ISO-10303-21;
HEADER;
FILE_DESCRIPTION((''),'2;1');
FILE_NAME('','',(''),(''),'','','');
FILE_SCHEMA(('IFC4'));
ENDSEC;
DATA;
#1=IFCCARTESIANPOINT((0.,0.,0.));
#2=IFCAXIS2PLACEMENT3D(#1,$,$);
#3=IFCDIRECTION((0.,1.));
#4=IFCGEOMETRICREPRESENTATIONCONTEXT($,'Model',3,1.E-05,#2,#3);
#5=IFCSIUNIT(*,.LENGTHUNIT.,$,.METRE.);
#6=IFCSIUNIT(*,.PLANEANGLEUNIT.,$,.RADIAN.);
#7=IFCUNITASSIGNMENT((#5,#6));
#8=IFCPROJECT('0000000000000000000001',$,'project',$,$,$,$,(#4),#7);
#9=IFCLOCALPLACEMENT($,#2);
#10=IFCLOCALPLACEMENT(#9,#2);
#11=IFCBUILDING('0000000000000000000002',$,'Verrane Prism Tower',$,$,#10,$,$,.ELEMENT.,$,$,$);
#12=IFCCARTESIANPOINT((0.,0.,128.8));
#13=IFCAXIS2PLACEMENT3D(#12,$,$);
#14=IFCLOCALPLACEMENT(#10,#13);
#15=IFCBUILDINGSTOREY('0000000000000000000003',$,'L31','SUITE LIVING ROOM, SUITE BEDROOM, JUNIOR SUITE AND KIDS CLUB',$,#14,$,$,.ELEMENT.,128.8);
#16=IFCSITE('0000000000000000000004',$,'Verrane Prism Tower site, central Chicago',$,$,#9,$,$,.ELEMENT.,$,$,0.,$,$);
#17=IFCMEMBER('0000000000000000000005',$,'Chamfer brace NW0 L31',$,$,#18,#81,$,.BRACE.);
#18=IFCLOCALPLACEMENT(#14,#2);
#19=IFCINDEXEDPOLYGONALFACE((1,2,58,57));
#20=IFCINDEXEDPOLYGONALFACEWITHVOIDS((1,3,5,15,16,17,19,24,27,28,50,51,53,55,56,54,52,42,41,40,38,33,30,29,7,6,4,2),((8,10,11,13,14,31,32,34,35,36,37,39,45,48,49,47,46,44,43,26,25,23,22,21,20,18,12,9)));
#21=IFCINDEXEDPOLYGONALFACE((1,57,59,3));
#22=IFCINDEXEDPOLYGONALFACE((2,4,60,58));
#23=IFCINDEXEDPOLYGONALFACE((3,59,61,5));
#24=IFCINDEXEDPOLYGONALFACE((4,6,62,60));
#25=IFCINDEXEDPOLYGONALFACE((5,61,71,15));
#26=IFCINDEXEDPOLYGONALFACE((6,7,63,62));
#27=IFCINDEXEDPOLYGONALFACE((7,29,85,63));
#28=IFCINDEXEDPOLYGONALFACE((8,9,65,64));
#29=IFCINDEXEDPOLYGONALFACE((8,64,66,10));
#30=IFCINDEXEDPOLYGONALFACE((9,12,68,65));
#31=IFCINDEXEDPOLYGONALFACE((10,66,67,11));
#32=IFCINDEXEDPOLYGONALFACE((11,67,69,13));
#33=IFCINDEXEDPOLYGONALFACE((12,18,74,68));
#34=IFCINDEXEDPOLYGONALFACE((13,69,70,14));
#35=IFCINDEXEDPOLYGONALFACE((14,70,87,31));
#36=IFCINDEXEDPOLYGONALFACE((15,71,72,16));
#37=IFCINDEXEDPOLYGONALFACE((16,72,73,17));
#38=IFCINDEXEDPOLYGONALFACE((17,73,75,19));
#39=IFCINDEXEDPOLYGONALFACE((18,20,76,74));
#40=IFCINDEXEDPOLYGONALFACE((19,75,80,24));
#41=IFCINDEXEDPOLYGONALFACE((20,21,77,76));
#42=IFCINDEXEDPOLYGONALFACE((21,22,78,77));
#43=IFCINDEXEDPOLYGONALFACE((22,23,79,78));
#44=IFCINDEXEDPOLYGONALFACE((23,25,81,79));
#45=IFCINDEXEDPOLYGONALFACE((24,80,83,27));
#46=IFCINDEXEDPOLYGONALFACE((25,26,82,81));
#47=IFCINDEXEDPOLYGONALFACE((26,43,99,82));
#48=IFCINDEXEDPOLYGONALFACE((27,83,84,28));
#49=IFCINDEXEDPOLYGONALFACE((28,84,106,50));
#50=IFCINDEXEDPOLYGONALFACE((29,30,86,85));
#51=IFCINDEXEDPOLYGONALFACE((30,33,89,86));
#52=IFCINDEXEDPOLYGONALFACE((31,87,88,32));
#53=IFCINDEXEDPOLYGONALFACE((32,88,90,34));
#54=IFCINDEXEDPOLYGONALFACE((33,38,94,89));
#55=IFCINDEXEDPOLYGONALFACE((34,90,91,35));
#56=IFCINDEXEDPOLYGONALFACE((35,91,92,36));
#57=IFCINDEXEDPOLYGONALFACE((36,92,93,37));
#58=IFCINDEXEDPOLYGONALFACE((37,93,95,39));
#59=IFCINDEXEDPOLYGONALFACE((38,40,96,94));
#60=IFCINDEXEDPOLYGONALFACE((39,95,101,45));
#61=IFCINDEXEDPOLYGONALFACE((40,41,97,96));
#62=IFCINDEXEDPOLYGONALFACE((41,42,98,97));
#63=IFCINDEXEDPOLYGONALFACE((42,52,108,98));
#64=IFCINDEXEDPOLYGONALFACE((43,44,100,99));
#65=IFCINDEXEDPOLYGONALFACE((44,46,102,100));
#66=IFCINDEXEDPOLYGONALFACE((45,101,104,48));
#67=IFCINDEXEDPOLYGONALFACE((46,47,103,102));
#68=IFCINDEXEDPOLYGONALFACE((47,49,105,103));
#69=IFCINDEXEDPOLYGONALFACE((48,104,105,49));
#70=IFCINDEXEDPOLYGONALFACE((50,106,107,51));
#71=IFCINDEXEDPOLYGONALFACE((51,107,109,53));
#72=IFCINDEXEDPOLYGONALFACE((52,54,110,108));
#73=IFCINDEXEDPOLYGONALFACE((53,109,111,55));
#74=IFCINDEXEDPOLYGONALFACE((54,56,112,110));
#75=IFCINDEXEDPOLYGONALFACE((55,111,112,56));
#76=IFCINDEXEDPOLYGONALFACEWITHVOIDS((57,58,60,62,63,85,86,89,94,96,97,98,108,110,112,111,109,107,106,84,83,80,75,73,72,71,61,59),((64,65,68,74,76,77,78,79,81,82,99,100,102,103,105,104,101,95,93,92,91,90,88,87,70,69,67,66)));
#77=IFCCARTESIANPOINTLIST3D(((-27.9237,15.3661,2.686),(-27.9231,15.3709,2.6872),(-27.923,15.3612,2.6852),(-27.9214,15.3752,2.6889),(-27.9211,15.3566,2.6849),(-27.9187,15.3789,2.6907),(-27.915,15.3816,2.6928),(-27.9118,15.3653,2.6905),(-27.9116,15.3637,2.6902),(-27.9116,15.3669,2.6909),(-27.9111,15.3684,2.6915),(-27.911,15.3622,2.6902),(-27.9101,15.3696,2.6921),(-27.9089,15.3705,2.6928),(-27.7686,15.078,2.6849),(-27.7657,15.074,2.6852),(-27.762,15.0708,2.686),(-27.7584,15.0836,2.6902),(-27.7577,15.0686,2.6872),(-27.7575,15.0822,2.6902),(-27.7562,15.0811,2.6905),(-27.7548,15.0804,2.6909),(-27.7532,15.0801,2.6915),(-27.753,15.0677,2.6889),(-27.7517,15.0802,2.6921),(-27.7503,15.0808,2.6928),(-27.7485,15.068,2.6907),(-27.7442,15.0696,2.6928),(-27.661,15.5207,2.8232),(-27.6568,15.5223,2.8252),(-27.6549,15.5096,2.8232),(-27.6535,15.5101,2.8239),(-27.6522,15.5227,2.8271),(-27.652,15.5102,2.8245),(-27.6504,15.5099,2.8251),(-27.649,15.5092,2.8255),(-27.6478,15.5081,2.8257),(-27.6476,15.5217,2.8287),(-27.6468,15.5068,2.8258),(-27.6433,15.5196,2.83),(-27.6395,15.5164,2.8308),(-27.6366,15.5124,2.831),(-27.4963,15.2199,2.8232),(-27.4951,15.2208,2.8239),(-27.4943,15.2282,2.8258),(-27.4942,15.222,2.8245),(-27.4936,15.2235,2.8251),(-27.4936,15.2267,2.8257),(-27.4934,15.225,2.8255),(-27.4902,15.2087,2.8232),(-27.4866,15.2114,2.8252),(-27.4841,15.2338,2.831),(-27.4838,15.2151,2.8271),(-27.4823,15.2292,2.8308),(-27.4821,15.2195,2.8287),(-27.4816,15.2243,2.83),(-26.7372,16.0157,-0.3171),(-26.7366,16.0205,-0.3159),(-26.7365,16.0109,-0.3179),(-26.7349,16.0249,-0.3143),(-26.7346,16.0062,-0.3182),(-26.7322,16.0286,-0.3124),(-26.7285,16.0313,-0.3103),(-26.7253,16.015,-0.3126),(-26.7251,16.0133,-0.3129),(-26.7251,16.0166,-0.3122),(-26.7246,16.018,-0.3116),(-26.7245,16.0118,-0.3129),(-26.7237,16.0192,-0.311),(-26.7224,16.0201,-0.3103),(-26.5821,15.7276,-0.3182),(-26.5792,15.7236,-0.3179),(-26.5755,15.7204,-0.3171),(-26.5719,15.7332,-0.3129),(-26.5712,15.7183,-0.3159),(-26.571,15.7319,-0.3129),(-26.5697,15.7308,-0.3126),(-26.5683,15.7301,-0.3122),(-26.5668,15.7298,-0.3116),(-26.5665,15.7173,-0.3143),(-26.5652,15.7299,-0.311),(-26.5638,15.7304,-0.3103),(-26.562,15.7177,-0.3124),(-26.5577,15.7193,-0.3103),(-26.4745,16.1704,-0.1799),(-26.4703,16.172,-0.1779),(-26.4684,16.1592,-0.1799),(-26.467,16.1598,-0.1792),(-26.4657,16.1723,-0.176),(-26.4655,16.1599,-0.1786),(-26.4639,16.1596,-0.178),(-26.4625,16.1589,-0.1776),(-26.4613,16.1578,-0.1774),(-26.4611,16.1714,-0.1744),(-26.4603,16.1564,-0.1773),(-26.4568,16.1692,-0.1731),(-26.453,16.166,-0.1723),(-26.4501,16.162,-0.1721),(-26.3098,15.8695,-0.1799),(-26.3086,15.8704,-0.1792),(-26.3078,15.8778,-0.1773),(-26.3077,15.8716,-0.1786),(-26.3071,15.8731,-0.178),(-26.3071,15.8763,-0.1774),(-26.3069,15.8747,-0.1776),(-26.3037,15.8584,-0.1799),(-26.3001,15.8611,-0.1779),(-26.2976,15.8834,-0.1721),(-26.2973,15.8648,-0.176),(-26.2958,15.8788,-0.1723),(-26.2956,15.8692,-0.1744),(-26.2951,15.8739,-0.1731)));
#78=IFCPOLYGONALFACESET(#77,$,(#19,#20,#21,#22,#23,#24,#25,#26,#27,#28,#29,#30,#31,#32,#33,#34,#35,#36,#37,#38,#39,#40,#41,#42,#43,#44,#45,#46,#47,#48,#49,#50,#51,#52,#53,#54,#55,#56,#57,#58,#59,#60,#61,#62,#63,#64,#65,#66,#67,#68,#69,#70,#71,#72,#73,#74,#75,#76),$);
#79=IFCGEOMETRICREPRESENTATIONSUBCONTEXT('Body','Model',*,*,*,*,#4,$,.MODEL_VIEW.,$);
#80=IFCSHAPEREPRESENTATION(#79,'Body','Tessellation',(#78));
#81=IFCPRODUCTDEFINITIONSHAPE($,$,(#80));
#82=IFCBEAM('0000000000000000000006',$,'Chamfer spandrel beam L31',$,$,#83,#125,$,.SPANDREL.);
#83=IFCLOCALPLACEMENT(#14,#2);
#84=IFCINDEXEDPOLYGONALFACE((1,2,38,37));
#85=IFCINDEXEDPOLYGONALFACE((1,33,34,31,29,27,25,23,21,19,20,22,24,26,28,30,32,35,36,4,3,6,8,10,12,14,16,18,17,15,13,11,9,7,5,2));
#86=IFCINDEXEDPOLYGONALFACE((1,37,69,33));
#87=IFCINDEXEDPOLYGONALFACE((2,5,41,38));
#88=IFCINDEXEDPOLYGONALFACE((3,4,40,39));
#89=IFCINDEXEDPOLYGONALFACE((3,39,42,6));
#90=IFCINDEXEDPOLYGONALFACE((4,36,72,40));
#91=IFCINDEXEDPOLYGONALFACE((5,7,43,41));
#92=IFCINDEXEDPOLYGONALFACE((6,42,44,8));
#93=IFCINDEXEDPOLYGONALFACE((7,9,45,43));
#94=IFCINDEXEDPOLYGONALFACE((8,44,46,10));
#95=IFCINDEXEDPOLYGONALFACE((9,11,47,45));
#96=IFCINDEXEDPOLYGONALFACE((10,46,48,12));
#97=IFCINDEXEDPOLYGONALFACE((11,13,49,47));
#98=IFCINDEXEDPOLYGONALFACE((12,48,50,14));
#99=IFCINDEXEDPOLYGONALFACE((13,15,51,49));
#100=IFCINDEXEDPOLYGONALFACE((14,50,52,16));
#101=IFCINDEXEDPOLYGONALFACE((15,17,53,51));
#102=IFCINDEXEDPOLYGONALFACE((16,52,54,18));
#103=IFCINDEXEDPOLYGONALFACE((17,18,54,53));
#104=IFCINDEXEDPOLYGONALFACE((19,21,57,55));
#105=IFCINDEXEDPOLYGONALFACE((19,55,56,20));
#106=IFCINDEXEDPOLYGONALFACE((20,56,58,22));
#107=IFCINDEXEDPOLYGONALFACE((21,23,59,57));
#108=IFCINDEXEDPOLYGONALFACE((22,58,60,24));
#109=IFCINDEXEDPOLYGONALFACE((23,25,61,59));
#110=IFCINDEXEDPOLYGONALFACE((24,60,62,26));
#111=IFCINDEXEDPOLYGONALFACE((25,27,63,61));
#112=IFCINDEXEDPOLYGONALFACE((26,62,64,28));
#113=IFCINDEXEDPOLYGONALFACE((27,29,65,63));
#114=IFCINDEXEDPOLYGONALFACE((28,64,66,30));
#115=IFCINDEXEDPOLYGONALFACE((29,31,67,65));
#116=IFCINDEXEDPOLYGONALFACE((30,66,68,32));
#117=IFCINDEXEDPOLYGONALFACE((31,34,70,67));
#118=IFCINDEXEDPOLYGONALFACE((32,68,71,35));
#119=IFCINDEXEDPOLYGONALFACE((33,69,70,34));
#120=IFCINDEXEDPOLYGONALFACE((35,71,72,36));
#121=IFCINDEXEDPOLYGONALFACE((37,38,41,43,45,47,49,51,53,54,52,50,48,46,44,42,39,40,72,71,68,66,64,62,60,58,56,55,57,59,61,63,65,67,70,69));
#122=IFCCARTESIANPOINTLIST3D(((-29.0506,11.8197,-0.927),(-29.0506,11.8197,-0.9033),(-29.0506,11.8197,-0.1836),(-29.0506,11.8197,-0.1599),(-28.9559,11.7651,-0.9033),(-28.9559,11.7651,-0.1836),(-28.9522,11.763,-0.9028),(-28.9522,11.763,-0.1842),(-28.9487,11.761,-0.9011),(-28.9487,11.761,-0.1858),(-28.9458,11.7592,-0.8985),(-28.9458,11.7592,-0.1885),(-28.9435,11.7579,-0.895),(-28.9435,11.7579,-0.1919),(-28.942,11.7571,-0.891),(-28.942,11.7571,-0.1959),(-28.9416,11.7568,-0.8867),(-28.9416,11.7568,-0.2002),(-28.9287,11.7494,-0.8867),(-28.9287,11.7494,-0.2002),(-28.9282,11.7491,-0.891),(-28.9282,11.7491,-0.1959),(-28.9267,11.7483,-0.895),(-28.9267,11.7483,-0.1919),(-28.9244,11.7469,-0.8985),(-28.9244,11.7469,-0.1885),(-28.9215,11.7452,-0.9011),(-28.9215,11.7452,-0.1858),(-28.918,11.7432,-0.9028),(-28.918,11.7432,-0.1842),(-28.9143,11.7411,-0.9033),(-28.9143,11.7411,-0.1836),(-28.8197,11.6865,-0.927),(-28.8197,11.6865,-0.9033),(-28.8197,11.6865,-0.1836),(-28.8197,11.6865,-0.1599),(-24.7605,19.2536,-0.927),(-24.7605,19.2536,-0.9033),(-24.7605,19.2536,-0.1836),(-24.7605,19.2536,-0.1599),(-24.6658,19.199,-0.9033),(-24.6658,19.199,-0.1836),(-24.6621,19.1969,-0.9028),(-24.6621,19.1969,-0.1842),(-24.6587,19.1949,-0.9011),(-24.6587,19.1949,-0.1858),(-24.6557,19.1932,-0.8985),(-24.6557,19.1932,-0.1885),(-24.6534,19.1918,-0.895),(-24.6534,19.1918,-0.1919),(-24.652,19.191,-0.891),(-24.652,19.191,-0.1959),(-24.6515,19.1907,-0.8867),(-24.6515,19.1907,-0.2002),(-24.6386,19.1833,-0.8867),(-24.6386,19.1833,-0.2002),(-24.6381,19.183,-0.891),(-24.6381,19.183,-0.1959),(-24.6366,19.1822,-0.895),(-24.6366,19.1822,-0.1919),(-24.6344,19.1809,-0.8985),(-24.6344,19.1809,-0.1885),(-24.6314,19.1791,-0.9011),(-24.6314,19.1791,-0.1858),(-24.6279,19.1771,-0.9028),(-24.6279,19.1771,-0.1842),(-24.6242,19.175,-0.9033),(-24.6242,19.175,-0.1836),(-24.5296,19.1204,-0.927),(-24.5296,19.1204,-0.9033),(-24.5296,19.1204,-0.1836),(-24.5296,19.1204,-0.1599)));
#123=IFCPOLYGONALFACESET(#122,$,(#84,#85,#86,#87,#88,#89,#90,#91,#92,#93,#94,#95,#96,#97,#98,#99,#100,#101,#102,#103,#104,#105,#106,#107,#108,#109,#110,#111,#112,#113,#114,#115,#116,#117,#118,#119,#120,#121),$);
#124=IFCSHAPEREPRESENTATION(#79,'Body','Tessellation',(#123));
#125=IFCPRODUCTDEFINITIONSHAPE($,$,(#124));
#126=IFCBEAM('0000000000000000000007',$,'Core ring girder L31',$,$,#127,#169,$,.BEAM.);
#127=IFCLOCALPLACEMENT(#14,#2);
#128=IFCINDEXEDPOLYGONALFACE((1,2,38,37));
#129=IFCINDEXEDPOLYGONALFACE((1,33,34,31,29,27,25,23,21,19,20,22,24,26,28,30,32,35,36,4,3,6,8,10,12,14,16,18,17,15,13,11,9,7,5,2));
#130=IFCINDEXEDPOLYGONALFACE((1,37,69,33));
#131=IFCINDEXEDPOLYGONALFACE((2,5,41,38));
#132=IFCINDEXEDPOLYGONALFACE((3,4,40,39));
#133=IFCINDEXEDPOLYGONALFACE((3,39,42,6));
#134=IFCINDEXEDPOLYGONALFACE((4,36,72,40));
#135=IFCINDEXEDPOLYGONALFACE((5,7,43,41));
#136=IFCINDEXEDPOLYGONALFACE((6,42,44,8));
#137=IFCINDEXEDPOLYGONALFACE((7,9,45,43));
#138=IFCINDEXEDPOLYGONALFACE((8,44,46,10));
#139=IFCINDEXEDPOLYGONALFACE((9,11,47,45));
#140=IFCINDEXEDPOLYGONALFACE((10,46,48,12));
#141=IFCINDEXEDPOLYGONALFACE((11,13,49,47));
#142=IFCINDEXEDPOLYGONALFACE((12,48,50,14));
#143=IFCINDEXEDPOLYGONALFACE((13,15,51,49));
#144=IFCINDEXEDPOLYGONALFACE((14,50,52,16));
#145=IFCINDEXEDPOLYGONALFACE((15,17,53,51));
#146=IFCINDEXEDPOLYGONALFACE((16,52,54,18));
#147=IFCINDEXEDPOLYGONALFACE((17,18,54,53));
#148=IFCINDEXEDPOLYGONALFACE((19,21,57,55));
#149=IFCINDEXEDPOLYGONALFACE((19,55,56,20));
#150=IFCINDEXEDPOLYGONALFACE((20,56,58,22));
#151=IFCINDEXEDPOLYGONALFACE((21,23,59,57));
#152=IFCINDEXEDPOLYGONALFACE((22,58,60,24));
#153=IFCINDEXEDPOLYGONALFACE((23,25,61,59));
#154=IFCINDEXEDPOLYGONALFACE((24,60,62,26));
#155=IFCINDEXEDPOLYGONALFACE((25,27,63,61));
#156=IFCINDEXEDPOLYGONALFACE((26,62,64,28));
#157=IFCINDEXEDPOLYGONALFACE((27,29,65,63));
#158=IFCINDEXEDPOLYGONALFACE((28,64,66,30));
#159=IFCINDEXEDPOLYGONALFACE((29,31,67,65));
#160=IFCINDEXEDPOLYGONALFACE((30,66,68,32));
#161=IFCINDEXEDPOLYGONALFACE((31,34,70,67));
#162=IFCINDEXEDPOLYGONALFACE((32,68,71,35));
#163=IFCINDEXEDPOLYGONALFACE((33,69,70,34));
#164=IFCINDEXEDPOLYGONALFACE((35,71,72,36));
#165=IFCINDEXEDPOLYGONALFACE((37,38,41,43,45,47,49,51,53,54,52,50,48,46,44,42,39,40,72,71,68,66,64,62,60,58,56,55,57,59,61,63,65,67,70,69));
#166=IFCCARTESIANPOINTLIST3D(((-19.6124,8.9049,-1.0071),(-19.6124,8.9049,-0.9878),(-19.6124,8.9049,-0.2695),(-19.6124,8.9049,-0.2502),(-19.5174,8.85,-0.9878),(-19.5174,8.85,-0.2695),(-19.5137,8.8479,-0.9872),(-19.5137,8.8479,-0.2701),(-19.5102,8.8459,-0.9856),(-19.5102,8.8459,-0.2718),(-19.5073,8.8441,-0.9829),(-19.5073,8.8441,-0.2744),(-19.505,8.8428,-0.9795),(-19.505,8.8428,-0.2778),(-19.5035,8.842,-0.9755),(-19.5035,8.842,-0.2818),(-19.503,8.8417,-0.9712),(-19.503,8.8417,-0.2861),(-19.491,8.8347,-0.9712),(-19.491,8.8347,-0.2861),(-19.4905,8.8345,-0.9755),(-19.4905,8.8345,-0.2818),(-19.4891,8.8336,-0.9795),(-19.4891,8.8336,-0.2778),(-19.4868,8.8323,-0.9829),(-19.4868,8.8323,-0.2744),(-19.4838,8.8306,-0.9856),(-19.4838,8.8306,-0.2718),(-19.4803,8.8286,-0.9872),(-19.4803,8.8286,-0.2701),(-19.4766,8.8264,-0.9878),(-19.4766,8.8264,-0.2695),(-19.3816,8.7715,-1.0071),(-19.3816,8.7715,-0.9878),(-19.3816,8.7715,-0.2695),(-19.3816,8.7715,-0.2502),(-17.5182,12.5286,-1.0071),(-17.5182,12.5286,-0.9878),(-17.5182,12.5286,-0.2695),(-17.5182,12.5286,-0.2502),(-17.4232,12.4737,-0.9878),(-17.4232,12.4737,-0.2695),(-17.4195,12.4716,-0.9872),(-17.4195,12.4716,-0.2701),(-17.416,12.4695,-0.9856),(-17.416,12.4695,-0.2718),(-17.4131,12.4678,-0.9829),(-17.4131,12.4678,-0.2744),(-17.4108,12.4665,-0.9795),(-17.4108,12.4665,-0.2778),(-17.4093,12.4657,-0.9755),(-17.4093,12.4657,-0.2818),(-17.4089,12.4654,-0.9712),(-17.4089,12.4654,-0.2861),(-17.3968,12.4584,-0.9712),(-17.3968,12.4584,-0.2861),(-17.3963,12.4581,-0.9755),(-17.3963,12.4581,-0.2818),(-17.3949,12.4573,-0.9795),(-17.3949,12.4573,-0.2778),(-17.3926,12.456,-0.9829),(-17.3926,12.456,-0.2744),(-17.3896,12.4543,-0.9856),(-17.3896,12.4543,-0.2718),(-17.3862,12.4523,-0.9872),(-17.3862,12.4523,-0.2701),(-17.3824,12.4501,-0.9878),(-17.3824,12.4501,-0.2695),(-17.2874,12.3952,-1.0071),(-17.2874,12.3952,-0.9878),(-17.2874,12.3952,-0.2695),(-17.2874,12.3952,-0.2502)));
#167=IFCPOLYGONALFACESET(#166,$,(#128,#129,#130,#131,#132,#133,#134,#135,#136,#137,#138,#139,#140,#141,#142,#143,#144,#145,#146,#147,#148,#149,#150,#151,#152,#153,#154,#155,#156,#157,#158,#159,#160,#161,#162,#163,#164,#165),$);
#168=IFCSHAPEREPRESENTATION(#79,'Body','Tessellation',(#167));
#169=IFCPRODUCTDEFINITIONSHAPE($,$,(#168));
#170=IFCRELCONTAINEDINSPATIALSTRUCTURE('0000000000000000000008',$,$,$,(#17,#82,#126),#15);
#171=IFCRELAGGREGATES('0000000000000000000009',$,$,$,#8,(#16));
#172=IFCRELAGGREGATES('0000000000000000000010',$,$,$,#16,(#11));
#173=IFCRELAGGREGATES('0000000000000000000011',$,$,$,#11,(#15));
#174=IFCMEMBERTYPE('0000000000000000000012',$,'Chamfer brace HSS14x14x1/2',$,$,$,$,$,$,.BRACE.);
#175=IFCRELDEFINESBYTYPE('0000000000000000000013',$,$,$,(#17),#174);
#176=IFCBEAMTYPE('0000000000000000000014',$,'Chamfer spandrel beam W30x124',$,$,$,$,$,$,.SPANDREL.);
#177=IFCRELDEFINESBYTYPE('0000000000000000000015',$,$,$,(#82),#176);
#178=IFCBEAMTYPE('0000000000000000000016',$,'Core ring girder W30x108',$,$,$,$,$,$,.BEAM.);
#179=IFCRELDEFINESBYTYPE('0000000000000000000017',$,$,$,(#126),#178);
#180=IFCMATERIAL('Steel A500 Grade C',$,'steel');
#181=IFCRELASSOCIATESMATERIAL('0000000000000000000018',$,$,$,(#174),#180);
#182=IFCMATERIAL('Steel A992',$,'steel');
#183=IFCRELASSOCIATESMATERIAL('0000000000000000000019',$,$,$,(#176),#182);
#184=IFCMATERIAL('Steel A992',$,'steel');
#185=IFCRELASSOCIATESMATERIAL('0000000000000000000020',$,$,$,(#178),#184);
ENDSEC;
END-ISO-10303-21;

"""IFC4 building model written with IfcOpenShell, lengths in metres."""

from ifc_helpers import new_model, si_unit, direction, frame, origin, origin_2d, place, context, subcontext, project, spatial, hollow_rectangle, i_section, extrude, material, material_profile, profile_set, type_object, element, save


model = new_model("IFC4")

# Units and contexts
model_context = context("Model", 3, precision=1e-05, world=origin(), true_north=direction((0.0, 1.0)))
body_context = subcontext(model_context, "Body", "Model", "MODEL_VIEW")
ifc_project = project(units=[si_unit("LENGTHUNIT", "METRE"), si_unit("PLANEANGLEUNIT", "RADIAN")], contexts=[model_context])

# Site, building, storey
site_placement = place(None, origin())
site = spatial("IfcSite", under=ifc_project, at=site_placement, Name="Verrane Prism Tower site, central Chicago", CompositionType="ELEMENT", RefElevation=0.0)
building_placement = place(site_placement, origin())
building = spatial("IfcBuilding", under=site, at=building_placement, Name="Verrane Prism Tower", CompositionType="ELEMENT")
storey_placement = place(building_placement, frame((0.0, 0.0, 128.8)))
storey = spatial("IfcBuildingStorey", under=building, at=storey_placement, Name="L31", Description="SUITE LIVING ROOM, SUITE BEDROOM, JUNIOR SUITE AND KIDS CLUB", CompositionType="ELEMENT", Elevation=128.8)

# Member
ifc_material_1 = material(Name="Steel A500 Grade C", Category="steel")
ifc_material_profile_1 = material_profile(ifc_material_1, hollow_rectangle(XDim=0.3557, YDim=0.3557, WallThickness=0.0127, InnerFilletRadius=0.0063, OuterFilletRadius=0.019, at=origin_2d()), Name="HSS14x14x1/2")
ifc_profile_set_1 = profile_set([ifc_material_profile_1], Name="Steel A500 Grade C")
member_type_1 = type_object("IfcMemberType", Name="Chamfer brace HSS14x14x1/2", PredefinedType="BRACE", material=ifc_profile_set_1)
member_1_placement = place(storey_placement, frame((-26.5161, 15.9448, -0.2451), z_axis=(-0.360232, -0.197238, 0.911773), x_axis=(0.480255, -0.877129, 0.0)))
element("IfcMember", 1, at=member_1_placement, inside=storey, type_object=member_type_1, Name="Chamfer brace NW0 L31", PredefinedType="BRACE", context=body_context, shape_type="SweptSolid", body=[
    extrude(hollow_rectangle(XDim=0.3557, YDim=0.3557, WallThickness=0.0127, InnerFilletRadius=0.0063, OuterFilletRadius=0.019, at=origin_2d()), origin(), (0.0, 0.0, 1.0), 3.2937),
])

# Beams
ifc_material_2 = material(Name="Steel A992", Category="steel")
ifc_material_profile_2 = material_profile(ifc_material_2, i_section(OverallWidth=0.2666, OverallDepth=0.7671, WebThickness=0.0149, FlangeThickness=0.0237, FilletRadius=0.0166, at=origin_2d()), Name="W30x124")
ifc_profile_set_2 = profile_set([ifc_material_profile_2], Name="Steel A992")
beam_type_1 = type_object("IfcBeamType", Name="Chamfer spandrel beam W30x124", PredefinedType="SPANDREL", material=ifc_profile_set_2)
beam_1_placement = place(storey_placement, frame((-24.645, 19.187, -0.5435), z_axis=(-0.499835, -0.866121, 0.0), x_axis=(0.866121, -0.499835, 0.0)))
element("IfcBeam", 2, at=beam_1_placement, inside=storey, type_object=beam_type_1, Name="Chamfer spandrel beam L31", PredefinedType="SPANDREL", context=body_context, shape_type="SweptSolid", body=[
    extrude(i_section(OverallWidth=0.2666, OverallDepth=0.7671, WebThickness=0.0149, FlangeThickness=0.0237, FilletRadius=0.0166, at=origin_2d()), origin(), (0.0, 0.0, 1.0), 8.583),
])
ifc_material_3 = material(Name="Steel A992", Category="steel")
ifc_material_profile_3 = material_profile(ifc_material_3, i_section(OverallWidth=0.2666, OverallDepth=0.7568, WebThickness=0.0139, FlangeThickness=0.0193, FilletRadius=0.0166, at=origin_2d()), Name="W30x108")
ifc_profile_set_3 = profile_set([ifc_material_profile_3], Name="Steel A992")
beam_type_2 = type_object("IfcBeamType", Name="Core ring girder W30x108", PredefinedType="BEAM", material=ifc_profile_set_3)
beam_2_placement = place(storey_placement, frame((-17.4028, 12.4619, -0.6287), z_axis=(-0.500367, -0.865813, 0.0), x_axis=(0.865813, -0.500367, 0.0)))
element("IfcBeam", 3, at=beam_2_placement, inside=storey, type_object=beam_type_2, Name="Core ring girder L31", PredefinedType="BEAM", context=body_context, shape_type="SweptSolid", body=[
    extrude(i_section(OverallWidth=0.2666, OverallDepth=0.7568, WebThickness=0.0139, FlangeThickness=0.0193, FilletRadius=0.0166, at=origin_2d()), origin(), (0.0, 0.0, 1.0), 4.1853),
])

save(model, "model.ifc")
